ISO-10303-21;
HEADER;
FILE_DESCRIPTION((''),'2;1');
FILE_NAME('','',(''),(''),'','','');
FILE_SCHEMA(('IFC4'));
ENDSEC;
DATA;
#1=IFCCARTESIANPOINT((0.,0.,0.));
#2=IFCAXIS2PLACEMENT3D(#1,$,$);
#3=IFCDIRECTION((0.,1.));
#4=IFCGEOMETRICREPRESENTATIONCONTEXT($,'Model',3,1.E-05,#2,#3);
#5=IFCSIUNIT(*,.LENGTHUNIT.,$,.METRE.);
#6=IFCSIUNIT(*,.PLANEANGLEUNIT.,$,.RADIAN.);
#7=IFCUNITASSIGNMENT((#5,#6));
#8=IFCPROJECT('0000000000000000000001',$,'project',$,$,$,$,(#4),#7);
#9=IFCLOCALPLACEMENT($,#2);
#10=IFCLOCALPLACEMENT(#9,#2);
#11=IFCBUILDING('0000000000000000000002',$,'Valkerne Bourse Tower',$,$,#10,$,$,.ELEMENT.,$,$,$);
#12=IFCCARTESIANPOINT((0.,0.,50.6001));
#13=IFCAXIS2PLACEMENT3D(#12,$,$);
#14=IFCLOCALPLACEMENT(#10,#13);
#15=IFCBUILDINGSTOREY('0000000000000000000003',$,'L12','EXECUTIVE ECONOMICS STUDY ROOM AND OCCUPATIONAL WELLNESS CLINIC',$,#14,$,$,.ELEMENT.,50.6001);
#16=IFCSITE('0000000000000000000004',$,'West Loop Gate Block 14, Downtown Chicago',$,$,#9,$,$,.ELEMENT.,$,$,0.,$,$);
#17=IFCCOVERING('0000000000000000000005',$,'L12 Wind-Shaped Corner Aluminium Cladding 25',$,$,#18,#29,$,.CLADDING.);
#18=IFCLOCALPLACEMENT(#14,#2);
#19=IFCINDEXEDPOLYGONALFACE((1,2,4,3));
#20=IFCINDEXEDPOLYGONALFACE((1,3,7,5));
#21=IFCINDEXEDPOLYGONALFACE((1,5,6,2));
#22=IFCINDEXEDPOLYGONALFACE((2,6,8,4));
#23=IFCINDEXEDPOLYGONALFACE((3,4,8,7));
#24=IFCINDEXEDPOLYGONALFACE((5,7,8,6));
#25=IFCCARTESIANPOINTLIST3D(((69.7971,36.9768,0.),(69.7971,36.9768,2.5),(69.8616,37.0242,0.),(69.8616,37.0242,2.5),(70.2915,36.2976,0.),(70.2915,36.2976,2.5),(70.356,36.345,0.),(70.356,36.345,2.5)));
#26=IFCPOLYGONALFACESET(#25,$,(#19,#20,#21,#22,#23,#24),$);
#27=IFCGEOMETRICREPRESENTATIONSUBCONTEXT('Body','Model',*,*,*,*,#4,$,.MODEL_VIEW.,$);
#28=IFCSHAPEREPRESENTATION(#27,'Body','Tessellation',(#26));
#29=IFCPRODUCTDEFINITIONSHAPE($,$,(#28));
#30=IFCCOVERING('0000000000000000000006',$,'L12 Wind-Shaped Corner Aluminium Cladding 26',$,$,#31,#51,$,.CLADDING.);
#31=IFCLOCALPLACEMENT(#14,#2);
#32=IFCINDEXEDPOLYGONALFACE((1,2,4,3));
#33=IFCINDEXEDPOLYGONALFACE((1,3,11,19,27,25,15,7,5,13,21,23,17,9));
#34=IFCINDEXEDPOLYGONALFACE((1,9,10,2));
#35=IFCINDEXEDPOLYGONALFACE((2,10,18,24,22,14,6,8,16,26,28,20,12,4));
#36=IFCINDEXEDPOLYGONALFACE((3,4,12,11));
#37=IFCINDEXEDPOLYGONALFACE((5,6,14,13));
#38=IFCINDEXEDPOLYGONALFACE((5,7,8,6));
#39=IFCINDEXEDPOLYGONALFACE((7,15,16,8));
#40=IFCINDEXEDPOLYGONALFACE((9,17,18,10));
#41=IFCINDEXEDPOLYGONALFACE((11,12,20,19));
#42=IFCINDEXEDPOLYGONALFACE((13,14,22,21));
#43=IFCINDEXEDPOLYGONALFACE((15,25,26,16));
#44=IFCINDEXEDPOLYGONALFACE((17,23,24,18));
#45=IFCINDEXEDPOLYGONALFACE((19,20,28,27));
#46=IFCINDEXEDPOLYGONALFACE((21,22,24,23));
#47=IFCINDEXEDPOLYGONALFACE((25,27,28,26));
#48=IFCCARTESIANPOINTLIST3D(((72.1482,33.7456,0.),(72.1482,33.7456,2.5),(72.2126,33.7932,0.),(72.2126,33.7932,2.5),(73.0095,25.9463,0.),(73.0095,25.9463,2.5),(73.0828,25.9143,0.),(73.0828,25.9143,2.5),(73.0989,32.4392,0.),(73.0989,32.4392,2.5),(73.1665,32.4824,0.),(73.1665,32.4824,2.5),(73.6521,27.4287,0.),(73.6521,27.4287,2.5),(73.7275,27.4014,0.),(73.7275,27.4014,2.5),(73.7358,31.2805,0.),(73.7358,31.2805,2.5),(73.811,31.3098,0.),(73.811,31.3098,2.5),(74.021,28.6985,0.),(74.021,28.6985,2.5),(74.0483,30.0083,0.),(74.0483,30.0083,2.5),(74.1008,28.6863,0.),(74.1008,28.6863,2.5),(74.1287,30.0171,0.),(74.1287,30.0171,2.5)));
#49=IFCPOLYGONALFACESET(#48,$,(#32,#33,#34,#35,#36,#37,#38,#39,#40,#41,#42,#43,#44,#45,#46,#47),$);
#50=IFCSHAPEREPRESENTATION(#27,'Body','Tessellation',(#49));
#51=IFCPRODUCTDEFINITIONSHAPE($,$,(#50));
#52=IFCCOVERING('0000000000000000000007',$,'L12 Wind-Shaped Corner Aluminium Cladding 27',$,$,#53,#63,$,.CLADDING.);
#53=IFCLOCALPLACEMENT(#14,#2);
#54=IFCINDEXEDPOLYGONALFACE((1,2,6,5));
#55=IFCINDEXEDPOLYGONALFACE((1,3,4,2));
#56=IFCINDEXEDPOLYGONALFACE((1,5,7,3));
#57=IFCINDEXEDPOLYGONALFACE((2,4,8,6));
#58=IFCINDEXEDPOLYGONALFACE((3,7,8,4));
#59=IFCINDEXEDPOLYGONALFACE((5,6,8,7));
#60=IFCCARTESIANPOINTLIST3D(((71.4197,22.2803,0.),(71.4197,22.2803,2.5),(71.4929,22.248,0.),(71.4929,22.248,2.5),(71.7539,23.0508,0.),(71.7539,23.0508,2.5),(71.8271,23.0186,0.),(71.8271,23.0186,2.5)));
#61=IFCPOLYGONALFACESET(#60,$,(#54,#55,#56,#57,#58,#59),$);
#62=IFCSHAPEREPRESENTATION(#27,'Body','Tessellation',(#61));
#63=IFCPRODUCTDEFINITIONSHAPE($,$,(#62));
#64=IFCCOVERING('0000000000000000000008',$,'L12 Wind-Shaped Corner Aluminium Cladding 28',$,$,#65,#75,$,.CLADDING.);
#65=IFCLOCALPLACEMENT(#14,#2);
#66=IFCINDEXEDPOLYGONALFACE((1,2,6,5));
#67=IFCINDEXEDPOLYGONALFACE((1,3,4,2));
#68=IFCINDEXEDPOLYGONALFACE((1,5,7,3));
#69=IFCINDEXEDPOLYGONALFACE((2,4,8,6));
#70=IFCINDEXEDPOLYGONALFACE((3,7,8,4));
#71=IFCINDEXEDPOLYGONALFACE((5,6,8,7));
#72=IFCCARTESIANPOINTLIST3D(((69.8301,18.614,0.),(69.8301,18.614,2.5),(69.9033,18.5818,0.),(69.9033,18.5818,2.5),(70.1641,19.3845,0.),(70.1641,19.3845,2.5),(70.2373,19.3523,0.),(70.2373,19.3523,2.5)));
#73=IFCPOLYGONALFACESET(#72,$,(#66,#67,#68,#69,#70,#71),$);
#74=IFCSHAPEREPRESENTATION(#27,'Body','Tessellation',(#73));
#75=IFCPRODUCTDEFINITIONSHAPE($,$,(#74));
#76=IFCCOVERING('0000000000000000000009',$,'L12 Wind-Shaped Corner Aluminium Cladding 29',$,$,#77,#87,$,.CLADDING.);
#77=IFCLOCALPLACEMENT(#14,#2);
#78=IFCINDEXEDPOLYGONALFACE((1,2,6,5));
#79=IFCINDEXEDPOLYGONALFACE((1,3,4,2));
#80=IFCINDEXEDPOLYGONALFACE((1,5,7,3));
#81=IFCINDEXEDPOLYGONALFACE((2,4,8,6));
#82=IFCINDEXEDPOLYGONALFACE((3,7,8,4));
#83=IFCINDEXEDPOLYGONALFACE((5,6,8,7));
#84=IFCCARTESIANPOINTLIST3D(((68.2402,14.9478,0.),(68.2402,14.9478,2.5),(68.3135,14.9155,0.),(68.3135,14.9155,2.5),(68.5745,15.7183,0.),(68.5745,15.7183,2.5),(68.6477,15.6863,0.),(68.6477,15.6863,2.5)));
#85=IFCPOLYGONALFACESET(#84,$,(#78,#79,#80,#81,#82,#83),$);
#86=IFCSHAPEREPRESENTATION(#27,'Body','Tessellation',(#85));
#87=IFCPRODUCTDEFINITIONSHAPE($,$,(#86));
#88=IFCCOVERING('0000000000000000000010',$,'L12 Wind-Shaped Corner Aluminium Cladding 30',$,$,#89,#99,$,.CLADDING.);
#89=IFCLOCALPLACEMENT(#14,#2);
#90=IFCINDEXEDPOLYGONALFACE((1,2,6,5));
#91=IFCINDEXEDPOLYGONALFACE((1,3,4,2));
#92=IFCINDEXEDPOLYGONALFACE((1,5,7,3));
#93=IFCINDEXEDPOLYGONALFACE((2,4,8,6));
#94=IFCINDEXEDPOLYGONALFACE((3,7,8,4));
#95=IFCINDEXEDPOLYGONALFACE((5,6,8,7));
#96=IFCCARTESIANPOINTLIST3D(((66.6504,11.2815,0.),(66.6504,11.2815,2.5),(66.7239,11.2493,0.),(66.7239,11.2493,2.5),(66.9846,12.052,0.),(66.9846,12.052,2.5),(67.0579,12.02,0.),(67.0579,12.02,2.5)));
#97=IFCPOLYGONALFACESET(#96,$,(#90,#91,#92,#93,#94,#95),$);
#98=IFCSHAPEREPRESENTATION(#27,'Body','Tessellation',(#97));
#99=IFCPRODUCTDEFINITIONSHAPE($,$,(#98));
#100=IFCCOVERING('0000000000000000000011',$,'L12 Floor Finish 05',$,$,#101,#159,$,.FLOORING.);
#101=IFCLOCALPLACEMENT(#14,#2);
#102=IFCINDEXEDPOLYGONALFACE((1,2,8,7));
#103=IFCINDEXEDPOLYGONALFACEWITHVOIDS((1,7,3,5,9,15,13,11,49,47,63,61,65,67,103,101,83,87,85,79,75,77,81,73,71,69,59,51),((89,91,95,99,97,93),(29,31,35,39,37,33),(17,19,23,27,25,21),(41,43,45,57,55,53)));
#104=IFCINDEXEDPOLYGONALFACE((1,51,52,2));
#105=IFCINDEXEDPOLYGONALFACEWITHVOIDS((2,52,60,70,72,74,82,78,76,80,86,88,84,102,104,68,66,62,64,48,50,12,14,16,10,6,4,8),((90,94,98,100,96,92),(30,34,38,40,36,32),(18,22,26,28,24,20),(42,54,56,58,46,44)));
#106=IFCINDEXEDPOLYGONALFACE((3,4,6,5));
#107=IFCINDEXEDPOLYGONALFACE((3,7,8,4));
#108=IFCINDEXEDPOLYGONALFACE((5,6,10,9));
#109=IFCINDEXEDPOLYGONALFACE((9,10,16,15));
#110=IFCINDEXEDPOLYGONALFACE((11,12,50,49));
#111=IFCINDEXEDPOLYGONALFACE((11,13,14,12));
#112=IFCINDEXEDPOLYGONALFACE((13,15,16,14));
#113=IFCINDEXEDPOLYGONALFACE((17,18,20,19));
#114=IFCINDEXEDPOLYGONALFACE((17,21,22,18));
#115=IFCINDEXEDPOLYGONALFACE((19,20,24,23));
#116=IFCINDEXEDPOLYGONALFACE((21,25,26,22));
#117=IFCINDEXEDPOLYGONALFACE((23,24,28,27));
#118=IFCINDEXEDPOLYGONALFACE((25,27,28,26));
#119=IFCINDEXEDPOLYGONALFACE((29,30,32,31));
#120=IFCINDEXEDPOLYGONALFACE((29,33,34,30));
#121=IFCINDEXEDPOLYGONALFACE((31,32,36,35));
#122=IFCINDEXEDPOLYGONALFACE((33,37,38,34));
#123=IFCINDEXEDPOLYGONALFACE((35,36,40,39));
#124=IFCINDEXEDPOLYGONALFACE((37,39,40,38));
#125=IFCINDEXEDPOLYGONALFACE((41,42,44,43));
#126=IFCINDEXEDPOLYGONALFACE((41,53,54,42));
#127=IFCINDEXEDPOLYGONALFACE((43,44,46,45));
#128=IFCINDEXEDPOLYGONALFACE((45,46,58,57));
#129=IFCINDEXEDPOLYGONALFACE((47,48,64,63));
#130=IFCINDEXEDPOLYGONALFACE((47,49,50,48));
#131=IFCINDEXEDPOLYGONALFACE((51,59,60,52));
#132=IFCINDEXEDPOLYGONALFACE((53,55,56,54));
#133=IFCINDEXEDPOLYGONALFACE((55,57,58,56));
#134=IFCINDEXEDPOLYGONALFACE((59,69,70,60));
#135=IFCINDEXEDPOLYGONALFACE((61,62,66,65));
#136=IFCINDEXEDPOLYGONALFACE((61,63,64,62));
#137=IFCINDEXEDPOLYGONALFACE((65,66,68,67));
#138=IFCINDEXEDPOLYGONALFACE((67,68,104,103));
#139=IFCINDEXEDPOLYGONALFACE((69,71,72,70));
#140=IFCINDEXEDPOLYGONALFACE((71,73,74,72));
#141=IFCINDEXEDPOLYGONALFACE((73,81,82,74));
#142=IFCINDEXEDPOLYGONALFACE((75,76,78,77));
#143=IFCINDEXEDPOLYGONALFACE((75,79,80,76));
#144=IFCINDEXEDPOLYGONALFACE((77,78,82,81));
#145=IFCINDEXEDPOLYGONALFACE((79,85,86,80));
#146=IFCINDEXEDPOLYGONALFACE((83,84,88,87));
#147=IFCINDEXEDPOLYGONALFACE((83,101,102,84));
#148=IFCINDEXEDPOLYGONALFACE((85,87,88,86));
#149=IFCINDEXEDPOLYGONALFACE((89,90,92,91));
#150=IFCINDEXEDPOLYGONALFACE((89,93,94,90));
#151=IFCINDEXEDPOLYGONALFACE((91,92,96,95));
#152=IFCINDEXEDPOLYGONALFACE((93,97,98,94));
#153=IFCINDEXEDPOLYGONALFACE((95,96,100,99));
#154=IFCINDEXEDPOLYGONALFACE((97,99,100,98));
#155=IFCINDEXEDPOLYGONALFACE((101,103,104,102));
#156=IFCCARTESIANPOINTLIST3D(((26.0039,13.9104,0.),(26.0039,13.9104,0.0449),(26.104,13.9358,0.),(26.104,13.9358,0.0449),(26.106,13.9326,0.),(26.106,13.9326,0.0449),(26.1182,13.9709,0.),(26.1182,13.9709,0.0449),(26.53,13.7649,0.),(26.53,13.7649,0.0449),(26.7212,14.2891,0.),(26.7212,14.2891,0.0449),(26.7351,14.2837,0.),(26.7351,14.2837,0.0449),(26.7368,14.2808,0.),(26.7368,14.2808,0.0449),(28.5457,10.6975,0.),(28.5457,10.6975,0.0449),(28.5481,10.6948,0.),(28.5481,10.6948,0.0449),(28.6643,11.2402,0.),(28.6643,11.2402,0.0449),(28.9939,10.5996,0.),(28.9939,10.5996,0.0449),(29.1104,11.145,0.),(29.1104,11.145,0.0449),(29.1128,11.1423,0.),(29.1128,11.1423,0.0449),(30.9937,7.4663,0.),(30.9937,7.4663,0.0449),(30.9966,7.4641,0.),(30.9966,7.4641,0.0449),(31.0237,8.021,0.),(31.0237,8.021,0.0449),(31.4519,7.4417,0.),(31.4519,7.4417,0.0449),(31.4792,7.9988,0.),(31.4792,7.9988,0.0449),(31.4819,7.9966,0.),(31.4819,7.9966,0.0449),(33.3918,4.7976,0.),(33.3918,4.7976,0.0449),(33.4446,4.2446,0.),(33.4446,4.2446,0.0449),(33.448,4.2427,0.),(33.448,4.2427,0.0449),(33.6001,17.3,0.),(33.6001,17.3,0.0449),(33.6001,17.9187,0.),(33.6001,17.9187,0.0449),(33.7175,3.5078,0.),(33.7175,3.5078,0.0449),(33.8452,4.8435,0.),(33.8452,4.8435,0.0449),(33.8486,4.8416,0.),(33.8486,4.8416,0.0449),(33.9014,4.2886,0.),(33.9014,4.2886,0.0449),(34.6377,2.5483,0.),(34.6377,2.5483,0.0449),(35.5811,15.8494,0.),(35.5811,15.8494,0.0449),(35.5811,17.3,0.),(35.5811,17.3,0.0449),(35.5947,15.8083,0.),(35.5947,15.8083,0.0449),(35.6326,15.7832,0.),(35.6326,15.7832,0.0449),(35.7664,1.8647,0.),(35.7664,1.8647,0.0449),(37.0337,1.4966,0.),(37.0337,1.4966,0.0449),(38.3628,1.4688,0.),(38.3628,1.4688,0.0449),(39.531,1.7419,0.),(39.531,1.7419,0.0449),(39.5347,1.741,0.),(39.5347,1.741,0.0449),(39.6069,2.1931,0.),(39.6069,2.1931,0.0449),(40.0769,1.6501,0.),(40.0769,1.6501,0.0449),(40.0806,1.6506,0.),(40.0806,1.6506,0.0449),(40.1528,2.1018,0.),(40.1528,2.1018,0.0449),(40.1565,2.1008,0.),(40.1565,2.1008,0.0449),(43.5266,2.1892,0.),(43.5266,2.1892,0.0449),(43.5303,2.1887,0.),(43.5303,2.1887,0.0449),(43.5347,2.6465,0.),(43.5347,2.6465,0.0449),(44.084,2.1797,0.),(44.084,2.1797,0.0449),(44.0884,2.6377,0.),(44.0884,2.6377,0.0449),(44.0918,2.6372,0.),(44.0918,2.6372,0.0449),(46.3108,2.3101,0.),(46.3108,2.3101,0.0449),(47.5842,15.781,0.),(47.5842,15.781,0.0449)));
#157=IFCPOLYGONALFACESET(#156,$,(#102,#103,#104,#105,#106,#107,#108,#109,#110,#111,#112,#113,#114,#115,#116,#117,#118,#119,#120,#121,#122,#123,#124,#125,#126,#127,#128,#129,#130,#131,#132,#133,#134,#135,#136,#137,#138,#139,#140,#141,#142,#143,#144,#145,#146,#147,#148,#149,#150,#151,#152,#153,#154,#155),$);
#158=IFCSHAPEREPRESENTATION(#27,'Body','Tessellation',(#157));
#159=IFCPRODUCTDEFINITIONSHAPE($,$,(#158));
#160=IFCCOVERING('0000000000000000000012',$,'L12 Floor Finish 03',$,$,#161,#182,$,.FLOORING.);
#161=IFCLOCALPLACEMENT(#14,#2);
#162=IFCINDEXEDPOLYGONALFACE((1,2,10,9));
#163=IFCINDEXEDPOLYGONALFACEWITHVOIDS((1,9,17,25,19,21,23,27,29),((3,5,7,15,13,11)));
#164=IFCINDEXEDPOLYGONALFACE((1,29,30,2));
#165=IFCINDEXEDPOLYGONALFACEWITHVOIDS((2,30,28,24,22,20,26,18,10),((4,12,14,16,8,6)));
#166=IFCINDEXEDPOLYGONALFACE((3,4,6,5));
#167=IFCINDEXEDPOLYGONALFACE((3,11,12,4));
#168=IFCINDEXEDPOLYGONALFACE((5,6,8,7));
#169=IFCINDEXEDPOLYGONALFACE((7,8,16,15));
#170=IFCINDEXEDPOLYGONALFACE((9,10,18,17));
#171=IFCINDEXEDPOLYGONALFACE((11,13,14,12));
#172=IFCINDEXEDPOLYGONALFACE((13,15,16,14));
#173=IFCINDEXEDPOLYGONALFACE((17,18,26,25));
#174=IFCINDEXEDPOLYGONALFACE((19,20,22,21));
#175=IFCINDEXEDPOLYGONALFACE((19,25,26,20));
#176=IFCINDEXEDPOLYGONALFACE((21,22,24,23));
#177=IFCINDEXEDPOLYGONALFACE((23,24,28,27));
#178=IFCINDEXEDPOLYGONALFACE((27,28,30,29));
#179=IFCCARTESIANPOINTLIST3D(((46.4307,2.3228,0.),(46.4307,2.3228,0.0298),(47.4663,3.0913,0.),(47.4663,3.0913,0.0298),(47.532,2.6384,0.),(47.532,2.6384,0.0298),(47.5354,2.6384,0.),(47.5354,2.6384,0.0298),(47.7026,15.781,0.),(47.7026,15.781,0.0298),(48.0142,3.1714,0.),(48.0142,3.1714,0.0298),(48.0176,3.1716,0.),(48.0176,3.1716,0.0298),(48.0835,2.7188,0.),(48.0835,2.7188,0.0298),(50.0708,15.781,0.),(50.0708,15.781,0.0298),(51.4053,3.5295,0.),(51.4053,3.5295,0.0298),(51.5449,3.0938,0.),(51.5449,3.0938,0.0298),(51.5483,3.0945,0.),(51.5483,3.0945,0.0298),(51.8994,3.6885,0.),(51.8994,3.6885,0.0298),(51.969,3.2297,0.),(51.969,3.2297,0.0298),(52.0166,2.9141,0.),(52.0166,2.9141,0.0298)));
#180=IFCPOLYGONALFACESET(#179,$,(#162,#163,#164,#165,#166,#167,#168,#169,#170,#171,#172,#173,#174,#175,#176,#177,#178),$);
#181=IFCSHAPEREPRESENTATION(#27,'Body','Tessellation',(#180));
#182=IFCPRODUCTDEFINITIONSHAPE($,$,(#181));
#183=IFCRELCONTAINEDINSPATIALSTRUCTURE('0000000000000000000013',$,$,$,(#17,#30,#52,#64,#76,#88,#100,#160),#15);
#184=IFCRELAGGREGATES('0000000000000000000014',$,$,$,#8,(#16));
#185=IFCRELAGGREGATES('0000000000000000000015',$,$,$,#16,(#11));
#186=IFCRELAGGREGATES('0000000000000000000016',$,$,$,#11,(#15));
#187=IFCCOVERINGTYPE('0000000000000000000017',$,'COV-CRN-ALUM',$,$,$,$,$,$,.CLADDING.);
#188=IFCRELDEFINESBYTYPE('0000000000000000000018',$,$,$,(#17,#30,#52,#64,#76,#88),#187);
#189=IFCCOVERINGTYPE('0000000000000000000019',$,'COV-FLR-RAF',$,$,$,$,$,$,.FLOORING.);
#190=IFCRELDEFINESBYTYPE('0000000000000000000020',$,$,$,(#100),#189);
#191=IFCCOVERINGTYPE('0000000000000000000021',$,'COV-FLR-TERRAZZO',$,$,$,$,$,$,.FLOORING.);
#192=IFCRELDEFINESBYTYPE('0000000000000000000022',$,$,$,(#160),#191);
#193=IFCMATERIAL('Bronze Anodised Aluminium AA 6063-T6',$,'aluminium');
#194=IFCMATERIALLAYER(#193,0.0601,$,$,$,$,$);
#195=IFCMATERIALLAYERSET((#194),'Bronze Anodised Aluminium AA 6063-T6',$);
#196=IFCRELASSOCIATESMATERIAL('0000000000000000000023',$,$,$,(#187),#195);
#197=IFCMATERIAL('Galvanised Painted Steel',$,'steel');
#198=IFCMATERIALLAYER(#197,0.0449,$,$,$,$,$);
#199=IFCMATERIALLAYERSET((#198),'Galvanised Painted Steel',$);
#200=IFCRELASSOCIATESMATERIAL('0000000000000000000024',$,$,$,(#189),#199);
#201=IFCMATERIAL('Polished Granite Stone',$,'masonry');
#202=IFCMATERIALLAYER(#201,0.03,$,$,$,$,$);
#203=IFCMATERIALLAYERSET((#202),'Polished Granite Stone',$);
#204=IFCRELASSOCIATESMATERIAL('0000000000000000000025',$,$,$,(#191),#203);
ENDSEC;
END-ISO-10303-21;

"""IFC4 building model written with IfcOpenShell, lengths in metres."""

from ifc_helpers import new_model, si_unit, direction, frame, origin, place, context, subcontext, project, spatial, polyline, outline, extrude, material, layer, layer_set, type_object, element, save


model = new_model("IFC4")

# Units and contexts
model_context = context("Model", 3, precision=1e-05, world=origin(), true_north=direction((0.0, 1.0)))
body_context = subcontext(model_context, "Body", "Model", "MODEL_VIEW")
ifc_project = project(units=[si_unit("LENGTHUNIT", "METRE"), si_unit("PLANEANGLEUNIT", "RADIAN")], contexts=[model_context])

# Site, building, storey
site_placement = place(None, origin())
site = spatial("IfcSite", under=ifc_project, at=site_placement, Name="West Loop Gate Block 14, Downtown Chicago", CompositionType="ELEMENT", RefElevation=0.0)
building_placement = place(site_placement, origin())
building = spatial("IfcBuilding", under=site, at=building_placement, Name="Valkerne Bourse Tower", CompositionType="ELEMENT")
storey_placement = place(building_placement, frame((0.0, 0.0, 50.6001)))
storey = spatial("IfcBuildingStorey", under=building, at=storey_placement, Name="L12", Description="EXECUTIVE ECONOMICS STUDY ROOM AND OCCUPATIONAL WELLNESS CLINIC", CompositionType="ELEMENT", Elevation=50.6001)

# Coverings
ifc_material_1 = material(Name="Bronze Anodised Aluminium AA 6063-T6", Category="aluminium")
ifc_layer_1 = layer(ifc_material_1, 0.0601)
ifc_layer_set_1 = layer_set([ifc_layer_1], Name="Bronze Anodised Aluminium AA 6063-T6")
covering_type_1 = type_object("IfcCoveringType", Name="COV-CRN-ALUM", PredefinedType="CLADDING", material=ifc_layer_set_1)
covering_1_placement = place(storey_placement, origin())
element("IfcCovering", 1, at=covering_1_placement, inside=storey, type_object=covering_type_1, Name="L12 Wind-Shaped Corner Aluminium Cladding 25", PredefinedType="CLADDING", context=body_context, shape_type="SweptSolid", body=[
    extrude(outline(polyline([(70.356, 36.345), (70.2915, 36.2976), (69.7971, 36.9768), (69.8616, 37.0242), (70.356, 36.345)])), origin(), (0.0, 0.0, 1.0), 2.5),
])
covering_2_placement = place(storey_placement, origin())
element("IfcCovering", 2, at=covering_2_placement, inside=storey, type_object=covering_type_1, Name="L12 Wind-Shaped Corner Aluminium Cladding 26", PredefinedType="CLADDING", context=body_context, shape_type="SweptSolid", body=[
    extrude(outline(polyline([(73.1665, 32.4824), (73.811, 31.3098), (74.1287, 30.0171), (74.1008, 28.6863), (73.7275, 27.4014), (73.0828, 25.9143), (73.0095, 25.9463), (73.6521, 27.4287), (74.021, 28.6985), (74.0483, 30.0083), (73.7358, 31.2805), (73.0989, 32.4392), (72.1482, 33.7456), (72.2126, 33.7932), (73.1665, 32.4824)])), origin(), (0.0, 0.0, 1.0), 2.5),
])
covering_3_placement = place(storey_placement, origin())
element("IfcCovering", 3, at=covering_3_placement, inside=storey, type_object=covering_type_1, Name="L12 Wind-Shaped Corner Aluminium Cladding 27", PredefinedType="CLADDING", context=body_context, shape_type="SweptSolid", body=[
    extrude(outline(polyline([(71.4929, 22.248), (71.4197, 22.2803), (71.7539, 23.0508), (71.8271, 23.0186), (71.4929, 22.248)])), origin(), (0.0, 0.0, 1.0), 2.5),
])
covering_4_placement = place(storey_placement, origin())
element("IfcCovering", 4, at=covering_4_placement, inside=storey, type_object=covering_type_1, Name="L12 Wind-Shaped Corner Aluminium Cladding 28", PredefinedType="CLADDING", context=body_context, shape_type="SweptSolid", body=[
    extrude(outline(polyline([(69.9033, 18.5818), (69.8301, 18.614), (70.1641, 19.3845), (70.2373, 19.3523), (69.9033, 18.5818)])), origin(), (0.0, 0.0, 1.0), 2.5),
])
covering_5_placement = place(storey_placement, origin())
element("IfcCovering", 5, at=covering_5_placement, inside=storey, type_object=covering_type_1, Name="L12 Wind-Shaped Corner Aluminium Cladding 29", PredefinedType="CLADDING", context=body_context, shape_type="SweptSolid", body=[
    extrude(outline(polyline([(68.3135, 14.9155), (68.2402, 14.9478), (68.5745, 15.7183), (68.6477, 15.6863), (68.3135, 14.9155)])), origin(), (0.0, 0.0, 1.0), 2.5),
])
covering_6_placement = place(storey_placement, origin())
element("IfcCovering", 6, at=covering_6_placement, inside=storey, type_object=covering_type_1, Name="L12 Wind-Shaped Corner Aluminium Cladding 30", PredefinedType="CLADDING", context=body_context, shape_type="SweptSolid", body=[
    extrude(outline(polyline([(66.7239, 11.2493), (66.6504, 11.2815), (66.9846, 12.052), (67.0579, 12.02), (66.7239, 11.2493)])), origin(), (0.0, 0.0, 1.0), 2.5),
])
ifc_material_2 = material(Name="Galvanised Painted Steel", Category="steel")
ifc_layer_2 = layer(ifc_material_2, 0.0449)
ifc_layer_set_2 = layer_set([ifc_layer_2], Name="Galvanised Painted Steel")
covering_type_2 = type_object("IfcCoveringType", Name="COV-FLR-RAF", PredefinedType="FLOORING", material=ifc_layer_set_2)
covering_7_placement = place(storey_placement, origin())
element("IfcCovering", 7, at=covering_7_placement, inside=storey, type_object=covering_type_2, Name="L12 Floor Finish 05", PredefinedType="FLOORING", context=body_context, shape_type="SweptSolid", body=[
    extrude(outline(polyline([(35.7664, 1.8647), (34.6377, 2.5483), (33.7175, 3.5078), (26.0039, 13.9104), (26.1182, 13.9709), (26.104, 13.9358), (26.106, 13.9326), (26.53, 13.7649), (26.7368, 14.2808), (26.7351, 14.2837), (26.7212, 14.2891), (33.6001, 17.9187), (33.6001, 17.3), (35.5811, 17.3), (35.5811, 15.8494), (35.5947, 15.8083), (35.6326, 15.7832), (47.5842, 15.781), (46.3108, 2.3101), (40.0806, 1.6506), (40.1565, 2.1008), (40.1528, 2.1018), (39.6069, 2.1931), (39.531, 1.7419), (39.5347, 1.741), (40.0769, 1.6501), (38.3628, 1.4688), (37.0337, 1.4966), (35.7664, 1.8647)]), holes=[polyline([(33.8486, 4.8416), (33.8452, 4.8435), (33.3918, 4.7976), (33.4446, 4.2446), (33.448, 4.2427), (33.9014, 4.2886), (33.8486, 4.8416)]), polyline([(31.4792, 7.9988), (31.0237, 8.021), (30.9937, 7.4663), (30.9966, 7.4641), (31.4519, 7.4417), (31.4819, 7.9966), (31.4792, 7.9988)]), polyline([(29.1128, 11.1423), (29.1104, 11.145), (28.6643, 11.2402), (28.5457, 10.6975), (28.5481, 10.6948), (28.9939, 10.5996), (29.1128, 11.1423)]), polyline([(44.0884, 2.6377), (43.5347, 2.6465), (43.5266, 2.1892), (43.5303, 2.1887), (44.084, 2.1797), (44.0918, 2.6372), (44.0884, 2.6377)])]), origin(), (0.0, 0.0, 1.0), 0.0449),
])
ifc_material_3 = material(Name="Polished Granite Stone", Category="masonry")
ifc_layer_3 = layer(ifc_material_3, 0.03)
ifc_layer_set_3 = layer_set([ifc_layer_3], Name="Polished Granite Stone")
covering_type_3 = type_object("IfcCoveringType", Name="COV-FLR-TERRAZZO", PredefinedType="FLOORING", material=ifc_layer_set_3)
covering_8_placement = place(storey_placement, origin())
element("IfcCovering", 8, at=covering_8_placement, inside=storey, type_object=covering_type_3, Name="L12 Floor Finish 03", PredefinedType="FLOORING", context=body_context, shape_type="SweptSolid", body=[
    extrude(outline(polyline([(50.0708, 15.781), (51.8994, 3.6885), (51.4053, 3.5295), (51.5449, 3.0938), (51.5483, 3.0945), (51.969, 3.2297), (52.0166, 2.9141), (46.4307, 2.3228), (47.7026, 15.781), (50.0708, 15.781)]), holes=[polyline([(47.5354, 2.6384), (48.0835, 2.7188), (48.0176, 3.1716), (48.0142, 3.1714), (47.4663, 3.0913), (47.532, 2.6384), (47.5354, 2.6384)])]), origin(), (0.0, 0.0, 1.0), 0.0298),
])

save(model, "model.ifc")
